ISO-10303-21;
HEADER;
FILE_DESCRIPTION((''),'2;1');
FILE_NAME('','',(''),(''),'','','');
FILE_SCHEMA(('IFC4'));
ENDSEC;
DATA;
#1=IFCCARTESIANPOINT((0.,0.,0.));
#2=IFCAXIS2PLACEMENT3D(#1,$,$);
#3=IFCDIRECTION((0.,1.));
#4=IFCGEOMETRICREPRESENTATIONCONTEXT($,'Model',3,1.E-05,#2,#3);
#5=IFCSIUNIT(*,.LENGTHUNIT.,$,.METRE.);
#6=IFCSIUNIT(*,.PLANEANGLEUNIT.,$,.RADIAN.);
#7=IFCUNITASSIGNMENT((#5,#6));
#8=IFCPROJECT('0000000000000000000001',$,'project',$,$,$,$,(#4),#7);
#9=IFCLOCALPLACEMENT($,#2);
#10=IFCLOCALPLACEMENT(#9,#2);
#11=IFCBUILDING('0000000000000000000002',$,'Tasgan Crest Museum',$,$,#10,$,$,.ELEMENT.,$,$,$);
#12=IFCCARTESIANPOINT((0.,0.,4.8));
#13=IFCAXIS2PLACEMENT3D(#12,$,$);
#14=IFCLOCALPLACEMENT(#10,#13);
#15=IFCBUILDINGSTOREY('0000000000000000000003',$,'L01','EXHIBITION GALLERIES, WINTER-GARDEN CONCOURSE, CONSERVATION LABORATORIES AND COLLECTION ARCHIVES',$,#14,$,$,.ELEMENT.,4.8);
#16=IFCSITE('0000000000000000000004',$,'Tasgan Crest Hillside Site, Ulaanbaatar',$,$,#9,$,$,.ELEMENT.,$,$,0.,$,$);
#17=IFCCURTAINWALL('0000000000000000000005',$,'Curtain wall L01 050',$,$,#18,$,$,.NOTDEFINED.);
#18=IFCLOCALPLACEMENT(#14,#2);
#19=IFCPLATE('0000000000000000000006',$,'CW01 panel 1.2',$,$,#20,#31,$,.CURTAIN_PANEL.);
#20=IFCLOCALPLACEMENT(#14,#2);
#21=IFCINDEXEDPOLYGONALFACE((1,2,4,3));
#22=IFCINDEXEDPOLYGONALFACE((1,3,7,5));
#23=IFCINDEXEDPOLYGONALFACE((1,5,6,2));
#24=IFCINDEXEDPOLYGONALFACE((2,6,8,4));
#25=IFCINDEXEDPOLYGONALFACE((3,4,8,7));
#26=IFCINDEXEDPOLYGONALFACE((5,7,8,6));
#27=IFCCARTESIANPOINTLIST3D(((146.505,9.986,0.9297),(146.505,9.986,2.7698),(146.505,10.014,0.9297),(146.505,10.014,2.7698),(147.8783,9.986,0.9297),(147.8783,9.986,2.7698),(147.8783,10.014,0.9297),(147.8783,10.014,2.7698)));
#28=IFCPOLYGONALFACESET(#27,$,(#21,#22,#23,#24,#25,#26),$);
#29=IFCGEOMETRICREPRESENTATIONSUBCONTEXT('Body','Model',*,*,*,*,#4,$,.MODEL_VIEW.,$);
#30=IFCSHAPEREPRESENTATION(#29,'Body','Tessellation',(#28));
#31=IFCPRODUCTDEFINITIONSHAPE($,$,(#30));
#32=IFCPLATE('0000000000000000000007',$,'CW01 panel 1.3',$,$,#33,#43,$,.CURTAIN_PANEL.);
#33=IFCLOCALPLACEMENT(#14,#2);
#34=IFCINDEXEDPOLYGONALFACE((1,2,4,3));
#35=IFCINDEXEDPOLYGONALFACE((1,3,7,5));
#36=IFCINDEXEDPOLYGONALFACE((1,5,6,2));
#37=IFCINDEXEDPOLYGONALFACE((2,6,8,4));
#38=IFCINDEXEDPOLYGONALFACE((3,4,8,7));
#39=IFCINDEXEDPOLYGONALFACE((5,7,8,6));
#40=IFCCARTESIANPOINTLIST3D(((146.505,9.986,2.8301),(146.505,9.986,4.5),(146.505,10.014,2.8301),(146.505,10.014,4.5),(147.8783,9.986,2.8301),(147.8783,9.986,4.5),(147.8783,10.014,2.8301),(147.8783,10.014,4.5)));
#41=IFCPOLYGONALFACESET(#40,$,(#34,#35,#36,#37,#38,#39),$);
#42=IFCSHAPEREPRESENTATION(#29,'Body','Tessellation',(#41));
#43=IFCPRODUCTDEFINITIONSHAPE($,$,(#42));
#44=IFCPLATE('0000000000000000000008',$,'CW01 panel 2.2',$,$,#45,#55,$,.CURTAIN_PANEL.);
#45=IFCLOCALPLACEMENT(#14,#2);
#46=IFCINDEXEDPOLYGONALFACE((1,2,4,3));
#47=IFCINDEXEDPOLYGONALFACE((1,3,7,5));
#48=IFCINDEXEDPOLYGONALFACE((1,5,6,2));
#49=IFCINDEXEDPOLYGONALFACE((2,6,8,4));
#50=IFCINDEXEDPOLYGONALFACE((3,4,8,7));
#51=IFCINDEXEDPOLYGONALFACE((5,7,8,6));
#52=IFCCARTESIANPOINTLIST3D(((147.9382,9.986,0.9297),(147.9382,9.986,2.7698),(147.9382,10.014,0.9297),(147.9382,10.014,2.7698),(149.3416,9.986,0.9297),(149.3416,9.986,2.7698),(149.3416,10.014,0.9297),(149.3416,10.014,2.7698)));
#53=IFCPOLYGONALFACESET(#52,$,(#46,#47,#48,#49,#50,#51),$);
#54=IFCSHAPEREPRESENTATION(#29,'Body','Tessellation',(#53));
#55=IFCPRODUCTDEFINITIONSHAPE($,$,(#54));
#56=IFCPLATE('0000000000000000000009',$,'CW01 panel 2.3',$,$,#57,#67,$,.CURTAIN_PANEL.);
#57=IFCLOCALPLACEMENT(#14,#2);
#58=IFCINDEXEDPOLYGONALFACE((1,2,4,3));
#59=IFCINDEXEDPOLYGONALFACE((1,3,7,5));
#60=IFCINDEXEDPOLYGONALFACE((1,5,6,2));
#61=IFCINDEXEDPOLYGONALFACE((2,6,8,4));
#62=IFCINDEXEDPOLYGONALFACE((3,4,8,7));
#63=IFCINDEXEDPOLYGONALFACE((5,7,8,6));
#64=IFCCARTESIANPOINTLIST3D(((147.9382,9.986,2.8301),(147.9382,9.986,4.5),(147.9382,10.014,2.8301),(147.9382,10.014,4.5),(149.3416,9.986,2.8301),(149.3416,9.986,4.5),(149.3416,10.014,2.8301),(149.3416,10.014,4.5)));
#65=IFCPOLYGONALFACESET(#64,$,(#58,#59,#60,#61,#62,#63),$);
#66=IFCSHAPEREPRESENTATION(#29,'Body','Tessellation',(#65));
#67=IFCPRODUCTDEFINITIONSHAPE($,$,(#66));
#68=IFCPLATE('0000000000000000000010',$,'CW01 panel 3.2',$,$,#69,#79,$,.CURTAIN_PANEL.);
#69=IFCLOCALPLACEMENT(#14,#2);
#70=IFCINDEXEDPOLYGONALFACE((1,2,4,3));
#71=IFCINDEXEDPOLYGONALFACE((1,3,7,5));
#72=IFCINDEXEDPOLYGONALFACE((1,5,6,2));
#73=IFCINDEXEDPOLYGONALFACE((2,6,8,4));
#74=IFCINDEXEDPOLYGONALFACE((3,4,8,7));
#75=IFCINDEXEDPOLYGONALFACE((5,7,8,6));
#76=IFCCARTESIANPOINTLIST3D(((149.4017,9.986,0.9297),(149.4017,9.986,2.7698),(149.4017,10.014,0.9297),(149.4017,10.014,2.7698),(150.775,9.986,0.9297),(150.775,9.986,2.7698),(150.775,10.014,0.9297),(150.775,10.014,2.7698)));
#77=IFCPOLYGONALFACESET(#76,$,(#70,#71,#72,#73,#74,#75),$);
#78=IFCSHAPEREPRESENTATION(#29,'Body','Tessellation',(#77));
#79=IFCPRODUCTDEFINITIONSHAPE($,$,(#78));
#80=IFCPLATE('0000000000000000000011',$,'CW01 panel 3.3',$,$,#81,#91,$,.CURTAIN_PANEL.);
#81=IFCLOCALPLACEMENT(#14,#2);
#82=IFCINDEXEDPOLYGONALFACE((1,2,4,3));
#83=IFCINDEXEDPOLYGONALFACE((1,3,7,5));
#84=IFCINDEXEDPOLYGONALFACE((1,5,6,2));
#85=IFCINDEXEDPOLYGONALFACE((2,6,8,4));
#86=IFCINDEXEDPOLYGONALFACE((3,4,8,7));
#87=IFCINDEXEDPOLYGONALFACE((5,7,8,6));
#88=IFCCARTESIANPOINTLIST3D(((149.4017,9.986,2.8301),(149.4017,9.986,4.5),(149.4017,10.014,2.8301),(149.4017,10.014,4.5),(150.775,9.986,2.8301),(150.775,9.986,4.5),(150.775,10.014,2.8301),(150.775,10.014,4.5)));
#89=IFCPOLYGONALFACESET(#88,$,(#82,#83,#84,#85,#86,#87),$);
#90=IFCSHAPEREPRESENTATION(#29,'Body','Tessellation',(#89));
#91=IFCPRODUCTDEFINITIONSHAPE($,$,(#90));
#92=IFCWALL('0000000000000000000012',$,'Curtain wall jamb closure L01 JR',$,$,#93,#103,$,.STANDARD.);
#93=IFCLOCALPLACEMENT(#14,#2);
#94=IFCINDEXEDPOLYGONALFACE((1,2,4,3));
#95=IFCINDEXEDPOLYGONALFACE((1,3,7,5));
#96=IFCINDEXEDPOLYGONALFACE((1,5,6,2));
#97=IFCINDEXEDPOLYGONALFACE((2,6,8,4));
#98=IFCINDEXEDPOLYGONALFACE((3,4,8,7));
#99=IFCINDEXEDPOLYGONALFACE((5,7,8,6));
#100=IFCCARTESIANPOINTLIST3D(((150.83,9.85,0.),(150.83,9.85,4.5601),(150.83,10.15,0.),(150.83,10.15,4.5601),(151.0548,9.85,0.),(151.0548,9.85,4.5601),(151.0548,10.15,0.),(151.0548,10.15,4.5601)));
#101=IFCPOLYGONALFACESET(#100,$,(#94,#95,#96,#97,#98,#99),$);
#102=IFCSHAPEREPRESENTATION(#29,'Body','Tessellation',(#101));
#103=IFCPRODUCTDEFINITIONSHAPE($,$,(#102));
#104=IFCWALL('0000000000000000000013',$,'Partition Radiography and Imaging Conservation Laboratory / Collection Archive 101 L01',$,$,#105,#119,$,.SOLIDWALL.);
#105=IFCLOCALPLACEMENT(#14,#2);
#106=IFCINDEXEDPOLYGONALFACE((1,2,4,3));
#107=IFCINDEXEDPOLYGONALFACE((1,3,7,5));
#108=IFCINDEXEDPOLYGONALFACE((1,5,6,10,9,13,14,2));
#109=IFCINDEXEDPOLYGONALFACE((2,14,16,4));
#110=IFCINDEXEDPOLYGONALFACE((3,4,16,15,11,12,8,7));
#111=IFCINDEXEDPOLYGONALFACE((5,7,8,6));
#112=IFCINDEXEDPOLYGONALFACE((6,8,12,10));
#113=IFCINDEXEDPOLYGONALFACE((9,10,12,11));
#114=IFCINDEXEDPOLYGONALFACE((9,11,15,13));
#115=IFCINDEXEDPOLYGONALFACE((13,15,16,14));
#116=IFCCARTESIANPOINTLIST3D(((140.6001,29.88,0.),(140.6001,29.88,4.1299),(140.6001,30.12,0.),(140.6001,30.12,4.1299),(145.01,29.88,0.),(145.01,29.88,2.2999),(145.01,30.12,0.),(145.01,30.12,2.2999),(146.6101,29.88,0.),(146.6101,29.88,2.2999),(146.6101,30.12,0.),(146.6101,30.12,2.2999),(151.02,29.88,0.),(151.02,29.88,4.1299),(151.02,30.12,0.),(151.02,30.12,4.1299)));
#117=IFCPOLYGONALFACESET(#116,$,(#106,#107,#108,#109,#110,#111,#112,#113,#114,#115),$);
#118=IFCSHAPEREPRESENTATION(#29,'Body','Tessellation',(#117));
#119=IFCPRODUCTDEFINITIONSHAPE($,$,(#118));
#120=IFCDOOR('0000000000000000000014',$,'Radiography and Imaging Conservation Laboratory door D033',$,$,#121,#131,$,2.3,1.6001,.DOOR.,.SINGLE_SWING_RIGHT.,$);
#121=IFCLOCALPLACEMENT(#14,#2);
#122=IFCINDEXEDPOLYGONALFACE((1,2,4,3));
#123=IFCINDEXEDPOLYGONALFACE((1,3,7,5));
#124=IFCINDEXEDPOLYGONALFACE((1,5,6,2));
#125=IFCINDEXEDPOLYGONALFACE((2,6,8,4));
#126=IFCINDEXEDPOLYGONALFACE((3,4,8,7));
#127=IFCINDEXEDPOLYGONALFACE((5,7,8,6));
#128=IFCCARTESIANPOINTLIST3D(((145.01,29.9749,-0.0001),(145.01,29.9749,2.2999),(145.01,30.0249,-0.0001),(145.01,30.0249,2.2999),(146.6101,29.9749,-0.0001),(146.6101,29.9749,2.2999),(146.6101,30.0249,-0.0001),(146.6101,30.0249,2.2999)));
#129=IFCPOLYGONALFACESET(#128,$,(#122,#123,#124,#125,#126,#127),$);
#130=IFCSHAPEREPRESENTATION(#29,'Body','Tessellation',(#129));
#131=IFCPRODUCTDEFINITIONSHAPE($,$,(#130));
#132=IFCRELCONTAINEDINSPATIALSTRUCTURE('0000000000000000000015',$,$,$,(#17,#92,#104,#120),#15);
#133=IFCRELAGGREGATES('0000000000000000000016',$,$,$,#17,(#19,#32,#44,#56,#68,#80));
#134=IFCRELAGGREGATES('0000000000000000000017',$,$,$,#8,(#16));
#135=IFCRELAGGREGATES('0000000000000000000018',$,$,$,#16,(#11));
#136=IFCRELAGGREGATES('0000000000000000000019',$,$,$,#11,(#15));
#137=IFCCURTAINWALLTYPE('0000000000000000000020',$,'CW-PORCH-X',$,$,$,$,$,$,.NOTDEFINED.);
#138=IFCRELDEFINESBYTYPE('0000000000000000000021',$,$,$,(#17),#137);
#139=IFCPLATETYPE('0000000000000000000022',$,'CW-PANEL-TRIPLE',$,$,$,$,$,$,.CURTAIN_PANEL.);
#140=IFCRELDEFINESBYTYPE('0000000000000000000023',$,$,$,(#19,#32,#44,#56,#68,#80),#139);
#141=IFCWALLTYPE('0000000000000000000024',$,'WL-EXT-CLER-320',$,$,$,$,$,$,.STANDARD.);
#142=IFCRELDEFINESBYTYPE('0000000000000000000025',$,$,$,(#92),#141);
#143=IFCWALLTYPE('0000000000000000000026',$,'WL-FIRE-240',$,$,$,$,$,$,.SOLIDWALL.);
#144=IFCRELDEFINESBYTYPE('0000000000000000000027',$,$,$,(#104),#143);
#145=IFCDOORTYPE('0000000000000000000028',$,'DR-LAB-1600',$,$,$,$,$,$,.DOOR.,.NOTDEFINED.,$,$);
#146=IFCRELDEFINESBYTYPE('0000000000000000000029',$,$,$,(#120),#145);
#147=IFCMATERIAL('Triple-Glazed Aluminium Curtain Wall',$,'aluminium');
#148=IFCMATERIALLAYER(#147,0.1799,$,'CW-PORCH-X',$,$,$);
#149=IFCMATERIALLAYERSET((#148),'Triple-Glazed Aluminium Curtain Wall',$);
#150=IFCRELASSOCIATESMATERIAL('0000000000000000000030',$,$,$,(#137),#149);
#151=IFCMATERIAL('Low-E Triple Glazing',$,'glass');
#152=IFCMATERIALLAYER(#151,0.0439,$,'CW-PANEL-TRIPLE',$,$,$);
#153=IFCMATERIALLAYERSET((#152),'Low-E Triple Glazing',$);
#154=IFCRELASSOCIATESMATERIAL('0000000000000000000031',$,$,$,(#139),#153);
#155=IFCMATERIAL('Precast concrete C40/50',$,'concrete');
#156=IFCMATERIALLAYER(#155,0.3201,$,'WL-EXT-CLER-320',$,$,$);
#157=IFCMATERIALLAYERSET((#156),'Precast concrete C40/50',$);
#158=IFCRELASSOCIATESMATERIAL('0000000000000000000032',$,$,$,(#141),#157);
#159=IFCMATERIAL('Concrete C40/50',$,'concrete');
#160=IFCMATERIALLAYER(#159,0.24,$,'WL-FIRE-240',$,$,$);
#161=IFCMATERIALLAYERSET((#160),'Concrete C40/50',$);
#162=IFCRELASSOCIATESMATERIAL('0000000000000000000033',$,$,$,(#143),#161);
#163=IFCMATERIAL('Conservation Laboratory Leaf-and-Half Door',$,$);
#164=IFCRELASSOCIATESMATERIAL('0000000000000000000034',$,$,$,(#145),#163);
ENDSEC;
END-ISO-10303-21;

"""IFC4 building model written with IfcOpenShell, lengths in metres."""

from ifc_helpers import new_model, si_unit, direction, frame, frame_2d, origin, origin_2d, place, context, subcontext, project, spatial, rectangle, extrude, material, layer, layer_set, type_object, element, fill, aggregate, save


model = new_model("IFC4")

# Units and contexts
model_context = context("Model", 3, precision=1e-05, world=origin(), true_north=direction((0.0, 1.0)))
body_context = subcontext(model_context, "Body", "Model", "MODEL_VIEW")
ifc_project = project(units=[si_unit("LENGTHUNIT", "METRE"), si_unit("PLANEANGLEUNIT", "RADIAN")], contexts=[model_context])

# Site, building, storey
site_placement = place(None, origin())
site = spatial("IfcSite", under=ifc_project, at=site_placement, Name="Tasgan Crest Hillside Site, Ulaanbaatar", CompositionType="ELEMENT", RefElevation=0.0)
building_placement = place(site_placement, origin())
building = spatial("IfcBuilding", under=site, at=building_placement, Name="Tasgan Crest Museum", CompositionType="ELEMENT")
storey_placement = place(building_placement, frame((0.0, 0.0, 4.8)))
storey = spatial("IfcBuildingStorey", under=building, at=storey_placement, Name="L01", Description="EXHIBITION GALLERIES, WINTER-GARDEN CONCOURSE, CONSERVATION LABORATORIES AND COLLECTION ARCHIVES", CompositionType="ELEMENT", Elevation=4.8)

# Curtain wall, plates
ifc_material_1 = material(Name="Triple-Glazed Aluminium Curtain Wall", Category="aluminium")
ifc_layer_1 = layer(ifc_material_1, 0.1799, Name="CW-PORCH-X")
ifc_layer_set_1 = layer_set([ifc_layer_1], Name="Triple-Glazed Aluminium Curtain Wall")
curtain_wall_type = type_object("IfcCurtainWallType", Name="CW-PORCH-X", PredefinedType="NOTDEFINED", material=ifc_layer_set_1)
curtain_wall_placement = place(storey_placement, origin())
curtain_wall = element("IfcCurtainWall", 1, at=curtain_wall_placement, inside=storey, type_object=curtain_wall_type, Name="Curtain wall L01 050", PredefinedType="NOTDEFINED")
ifc_material_2 = material(Name="Low-E Triple Glazing", Category="glass")
ifc_layer_2 = layer(ifc_material_2, 0.0439, Name="CW-PANEL-TRIPLE")
ifc_layer_set_2 = layer_set([ifc_layer_2], Name="Low-E Triple Glazing")
plate_type_1 = type_object("IfcPlateType", Name="CW-PANEL-TRIPLE", PredefinedType="CURTAIN_PANEL", material=ifc_layer_set_2)
plate_1_placement = place(storey_placement, frame((147.1917, 10.0, 0.9297), z_axis=(0.0, 0.0, 1.0), x_axis=(1.0, 0.0, 0.0)))
plate_1 = element("IfcPlate", 2, at=plate_1_placement, type_object=plate_type_1, Name="CW01 panel 1.2", PredefinedType="CURTAIN_PANEL", context=body_context, shape_type="SweptSolid", body=[
    extrude(rectangle(XDim=1.3733, YDim=0.0281, at=origin_2d()), origin(), (0.0, 0.0, 1.0), 1.8401),
])
plate_2_placement = place(storey_placement, frame((147.1917, 10.0, 2.8301), z_axis=(0.0, 0.0, 1.0), x_axis=(1.0, 0.0, 0.0)))
plate_2 = element("IfcPlate", 3, at=plate_2_placement, type_object=plate_type_1, Name="CW01 panel 1.3", PredefinedType="CURTAIN_PANEL", context=body_context, shape_type="SweptSolid", body=[
    extrude(rectangle(XDim=1.3733, YDim=0.0281, at=origin_2d()), origin(), (0.0, 0.0, 1.0), 1.6699),
])
plate_3_placement = place(storey_placement, frame((148.6399, 10.0, 0.9297), z_axis=(0.0, 0.0, 1.0), x_axis=(1.0, 0.0, 0.0)))
plate_3 = element("IfcPlate", 4, at=plate_3_placement, type_object=plate_type_1, Name="CW01 panel 2.2", PredefinedType="CURTAIN_PANEL", context=body_context, shape_type="SweptSolid", body=[
    extrude(rectangle(XDim=1.4033, YDim=0.0281, at=origin_2d()), origin(), (0.0, 0.0, 1.0), 1.8401),
])
plate_4_placement = place(storey_placement, frame((148.6399, 10.0, 2.8301), z_axis=(0.0, 0.0, 1.0), x_axis=(1.0, 0.0, 0.0)))
plate_4 = element("IfcPlate", 5, at=plate_4_placement, type_object=plate_type_1, Name="CW01 panel 2.3", PredefinedType="CURTAIN_PANEL", context=body_context, shape_type="SweptSolid", body=[
    extrude(rectangle(XDim=1.4033, YDim=0.0281, at=origin_2d()), origin(), (0.0, 0.0, 1.0), 1.6699),
])
plate_5_placement = place(storey_placement, frame((150.0884, 10.0, 0.9297), z_axis=(0.0, 0.0, 1.0), x_axis=(1.0, 0.0, 0.0)))
plate_5 = element("IfcPlate", 6, at=plate_5_placement, type_object=plate_type_1, Name="CW01 panel 3.2", PredefinedType="CURTAIN_PANEL", context=body_context, shape_type="SweptSolid", body=[
    extrude(rectangle(XDim=1.3733, YDim=0.0281, at=origin_2d()), origin(), (0.0, 0.0, 1.0), 1.8401),
])
plate_6_placement = place(storey_placement, frame((150.0884, 10.0, 2.8301), z_axis=(0.0, 0.0, 1.0), x_axis=(1.0, 0.0, 0.0)))
plate_6 = element("IfcPlate", 7, at=plate_6_placement, type_object=plate_type_1, Name="CW01 panel 3.3", PredefinedType="CURTAIN_PANEL", context=body_context, shape_type="SweptSolid", body=[
    extrude(rectangle(XDim=1.3733, YDim=0.0281, at=origin_2d()), origin(), (0.0, 0.0, 1.0), 1.6699),
])
aggregate(curtain_wall, [plate_1, plate_2, plate_3, plate_4, plate_5, plate_6])

# Wall
ifc_material_3 = material(Name="Precast concrete C40/50", Category="concrete")
ifc_layer_3 = layer(ifc_material_3, 0.3201, Name="WL-EXT-CLER-320")
ifc_layer_set_3 = layer_set([ifc_layer_3], Name="Precast concrete C40/50")
wall_type_1 = type_object("IfcWallType", Name="WL-EXT-CLER-320", PredefinedType="STANDARD", material=ifc_layer_set_3)
wall_1_placement = place(storey_placement, frame((150.8301, 10.0, 0.0), z_axis=(0.0, 0.0, 1.0), x_axis=(1.0, 0.0, 0.0)))
element("IfcWall", 8, at=wall_1_placement, inside=storey, type_object=wall_type_1, Name="Curtain wall jamb closure L01 JR", PredefinedType="STANDARD", context=body_context, shape_type="SweptSolid", body=[
    extrude(rectangle(XDim=0.2249, YDim=0.3, at=frame_2d((0.1123, 0.0))), origin(), (0.0, 0.0, 1.0), 4.5601),
])

# Wall, opening, door
ifc_material_4 = material(Name="Concrete C40/50", Category="concrete")
ifc_layer_4 = layer(ifc_material_4, 0.24, Name="WL-FIRE-240")
ifc_layer_set_4 = layer_set([ifc_layer_4], Name="Concrete C40/50")
wall_type_2 = type_object("IfcWallType", Name="WL-FIRE-240", PredefinedType="SOLIDWALL", material=ifc_layer_set_4)
wall_2_placement = place(storey_placement, frame((140.6001, 30.0, 0.0), z_axis=(0.0, 0.0, 1.0), x_axis=(1.0, 0.0, 0.0)))
wall_2 = element("IfcWall", 9, at=wall_2_placement, inside=storey, type_object=wall_type_2, Name="Partition Radiography and Imaging Conservation Laboratory / Collection Archive 101 L01", PredefinedType="SOLIDWALL", context=body_context, shape_type="SweptSolid", body=[
    extrude(rectangle(XDim=10.4199, YDim=0.24, at=frame_2d((5.21, 0.0))), origin(), (0.0, 0.0, 1.0), 4.1299),
])
opening_placement = place(wall_2_placement, frame((4.4099, 0.0, 0.0)))
opening = element("IfcOpeningElement", 10, at=opening_placement, cuts=wall_2, PredefinedType="OPENING", context=body_context, shape_type="SweptSolid", body=[
    extrude(rectangle(XDim=1.6001, YDim=2.3, at=frame_2d((0.8, 1.1499))), frame((0.0, 0.1299, 0.0), z_axis=(0.0, -1.0, 0.0), x_axis=(1.0, 0.0, 0.0)), (0.0, 0.0, 1.0), 0.26),
])
ifc_material_5 = material(Name="Conservation Laboratory Leaf-and-Half Door")
door_type = type_object("IfcDoorType", Name="DR-LAB-1600", OperationType="NOTDEFINED", PredefinedType="DOOR", material=ifc_material_5)
door_placement = place(opening_placement, origin())
door = element("IfcDoor", 11, at=door_placement, inside=storey, type_object=door_type, Name="Radiography and Imaging Conservation Laboratory door D033", OperationType="SINGLE_SWING_RIGHT", OverallHeight=2.3, OverallWidth=1.6001, PredefinedType="DOOR", context=body_context, shape_type="SweptSolid", body=[
    extrude(rectangle(XDim=1.6001, YDim=2.3, at=frame_2d((0.8, 1.1499))), frame((0.0, 0.0249, 0.0), z_axis=(0.0, -1.0, 0.0), x_axis=(1.0, 0.0, 0.0)), (0.0, 0.0, 1.0), 0.05),
])
fill(opening, door)

save(model, "model.ifc")
